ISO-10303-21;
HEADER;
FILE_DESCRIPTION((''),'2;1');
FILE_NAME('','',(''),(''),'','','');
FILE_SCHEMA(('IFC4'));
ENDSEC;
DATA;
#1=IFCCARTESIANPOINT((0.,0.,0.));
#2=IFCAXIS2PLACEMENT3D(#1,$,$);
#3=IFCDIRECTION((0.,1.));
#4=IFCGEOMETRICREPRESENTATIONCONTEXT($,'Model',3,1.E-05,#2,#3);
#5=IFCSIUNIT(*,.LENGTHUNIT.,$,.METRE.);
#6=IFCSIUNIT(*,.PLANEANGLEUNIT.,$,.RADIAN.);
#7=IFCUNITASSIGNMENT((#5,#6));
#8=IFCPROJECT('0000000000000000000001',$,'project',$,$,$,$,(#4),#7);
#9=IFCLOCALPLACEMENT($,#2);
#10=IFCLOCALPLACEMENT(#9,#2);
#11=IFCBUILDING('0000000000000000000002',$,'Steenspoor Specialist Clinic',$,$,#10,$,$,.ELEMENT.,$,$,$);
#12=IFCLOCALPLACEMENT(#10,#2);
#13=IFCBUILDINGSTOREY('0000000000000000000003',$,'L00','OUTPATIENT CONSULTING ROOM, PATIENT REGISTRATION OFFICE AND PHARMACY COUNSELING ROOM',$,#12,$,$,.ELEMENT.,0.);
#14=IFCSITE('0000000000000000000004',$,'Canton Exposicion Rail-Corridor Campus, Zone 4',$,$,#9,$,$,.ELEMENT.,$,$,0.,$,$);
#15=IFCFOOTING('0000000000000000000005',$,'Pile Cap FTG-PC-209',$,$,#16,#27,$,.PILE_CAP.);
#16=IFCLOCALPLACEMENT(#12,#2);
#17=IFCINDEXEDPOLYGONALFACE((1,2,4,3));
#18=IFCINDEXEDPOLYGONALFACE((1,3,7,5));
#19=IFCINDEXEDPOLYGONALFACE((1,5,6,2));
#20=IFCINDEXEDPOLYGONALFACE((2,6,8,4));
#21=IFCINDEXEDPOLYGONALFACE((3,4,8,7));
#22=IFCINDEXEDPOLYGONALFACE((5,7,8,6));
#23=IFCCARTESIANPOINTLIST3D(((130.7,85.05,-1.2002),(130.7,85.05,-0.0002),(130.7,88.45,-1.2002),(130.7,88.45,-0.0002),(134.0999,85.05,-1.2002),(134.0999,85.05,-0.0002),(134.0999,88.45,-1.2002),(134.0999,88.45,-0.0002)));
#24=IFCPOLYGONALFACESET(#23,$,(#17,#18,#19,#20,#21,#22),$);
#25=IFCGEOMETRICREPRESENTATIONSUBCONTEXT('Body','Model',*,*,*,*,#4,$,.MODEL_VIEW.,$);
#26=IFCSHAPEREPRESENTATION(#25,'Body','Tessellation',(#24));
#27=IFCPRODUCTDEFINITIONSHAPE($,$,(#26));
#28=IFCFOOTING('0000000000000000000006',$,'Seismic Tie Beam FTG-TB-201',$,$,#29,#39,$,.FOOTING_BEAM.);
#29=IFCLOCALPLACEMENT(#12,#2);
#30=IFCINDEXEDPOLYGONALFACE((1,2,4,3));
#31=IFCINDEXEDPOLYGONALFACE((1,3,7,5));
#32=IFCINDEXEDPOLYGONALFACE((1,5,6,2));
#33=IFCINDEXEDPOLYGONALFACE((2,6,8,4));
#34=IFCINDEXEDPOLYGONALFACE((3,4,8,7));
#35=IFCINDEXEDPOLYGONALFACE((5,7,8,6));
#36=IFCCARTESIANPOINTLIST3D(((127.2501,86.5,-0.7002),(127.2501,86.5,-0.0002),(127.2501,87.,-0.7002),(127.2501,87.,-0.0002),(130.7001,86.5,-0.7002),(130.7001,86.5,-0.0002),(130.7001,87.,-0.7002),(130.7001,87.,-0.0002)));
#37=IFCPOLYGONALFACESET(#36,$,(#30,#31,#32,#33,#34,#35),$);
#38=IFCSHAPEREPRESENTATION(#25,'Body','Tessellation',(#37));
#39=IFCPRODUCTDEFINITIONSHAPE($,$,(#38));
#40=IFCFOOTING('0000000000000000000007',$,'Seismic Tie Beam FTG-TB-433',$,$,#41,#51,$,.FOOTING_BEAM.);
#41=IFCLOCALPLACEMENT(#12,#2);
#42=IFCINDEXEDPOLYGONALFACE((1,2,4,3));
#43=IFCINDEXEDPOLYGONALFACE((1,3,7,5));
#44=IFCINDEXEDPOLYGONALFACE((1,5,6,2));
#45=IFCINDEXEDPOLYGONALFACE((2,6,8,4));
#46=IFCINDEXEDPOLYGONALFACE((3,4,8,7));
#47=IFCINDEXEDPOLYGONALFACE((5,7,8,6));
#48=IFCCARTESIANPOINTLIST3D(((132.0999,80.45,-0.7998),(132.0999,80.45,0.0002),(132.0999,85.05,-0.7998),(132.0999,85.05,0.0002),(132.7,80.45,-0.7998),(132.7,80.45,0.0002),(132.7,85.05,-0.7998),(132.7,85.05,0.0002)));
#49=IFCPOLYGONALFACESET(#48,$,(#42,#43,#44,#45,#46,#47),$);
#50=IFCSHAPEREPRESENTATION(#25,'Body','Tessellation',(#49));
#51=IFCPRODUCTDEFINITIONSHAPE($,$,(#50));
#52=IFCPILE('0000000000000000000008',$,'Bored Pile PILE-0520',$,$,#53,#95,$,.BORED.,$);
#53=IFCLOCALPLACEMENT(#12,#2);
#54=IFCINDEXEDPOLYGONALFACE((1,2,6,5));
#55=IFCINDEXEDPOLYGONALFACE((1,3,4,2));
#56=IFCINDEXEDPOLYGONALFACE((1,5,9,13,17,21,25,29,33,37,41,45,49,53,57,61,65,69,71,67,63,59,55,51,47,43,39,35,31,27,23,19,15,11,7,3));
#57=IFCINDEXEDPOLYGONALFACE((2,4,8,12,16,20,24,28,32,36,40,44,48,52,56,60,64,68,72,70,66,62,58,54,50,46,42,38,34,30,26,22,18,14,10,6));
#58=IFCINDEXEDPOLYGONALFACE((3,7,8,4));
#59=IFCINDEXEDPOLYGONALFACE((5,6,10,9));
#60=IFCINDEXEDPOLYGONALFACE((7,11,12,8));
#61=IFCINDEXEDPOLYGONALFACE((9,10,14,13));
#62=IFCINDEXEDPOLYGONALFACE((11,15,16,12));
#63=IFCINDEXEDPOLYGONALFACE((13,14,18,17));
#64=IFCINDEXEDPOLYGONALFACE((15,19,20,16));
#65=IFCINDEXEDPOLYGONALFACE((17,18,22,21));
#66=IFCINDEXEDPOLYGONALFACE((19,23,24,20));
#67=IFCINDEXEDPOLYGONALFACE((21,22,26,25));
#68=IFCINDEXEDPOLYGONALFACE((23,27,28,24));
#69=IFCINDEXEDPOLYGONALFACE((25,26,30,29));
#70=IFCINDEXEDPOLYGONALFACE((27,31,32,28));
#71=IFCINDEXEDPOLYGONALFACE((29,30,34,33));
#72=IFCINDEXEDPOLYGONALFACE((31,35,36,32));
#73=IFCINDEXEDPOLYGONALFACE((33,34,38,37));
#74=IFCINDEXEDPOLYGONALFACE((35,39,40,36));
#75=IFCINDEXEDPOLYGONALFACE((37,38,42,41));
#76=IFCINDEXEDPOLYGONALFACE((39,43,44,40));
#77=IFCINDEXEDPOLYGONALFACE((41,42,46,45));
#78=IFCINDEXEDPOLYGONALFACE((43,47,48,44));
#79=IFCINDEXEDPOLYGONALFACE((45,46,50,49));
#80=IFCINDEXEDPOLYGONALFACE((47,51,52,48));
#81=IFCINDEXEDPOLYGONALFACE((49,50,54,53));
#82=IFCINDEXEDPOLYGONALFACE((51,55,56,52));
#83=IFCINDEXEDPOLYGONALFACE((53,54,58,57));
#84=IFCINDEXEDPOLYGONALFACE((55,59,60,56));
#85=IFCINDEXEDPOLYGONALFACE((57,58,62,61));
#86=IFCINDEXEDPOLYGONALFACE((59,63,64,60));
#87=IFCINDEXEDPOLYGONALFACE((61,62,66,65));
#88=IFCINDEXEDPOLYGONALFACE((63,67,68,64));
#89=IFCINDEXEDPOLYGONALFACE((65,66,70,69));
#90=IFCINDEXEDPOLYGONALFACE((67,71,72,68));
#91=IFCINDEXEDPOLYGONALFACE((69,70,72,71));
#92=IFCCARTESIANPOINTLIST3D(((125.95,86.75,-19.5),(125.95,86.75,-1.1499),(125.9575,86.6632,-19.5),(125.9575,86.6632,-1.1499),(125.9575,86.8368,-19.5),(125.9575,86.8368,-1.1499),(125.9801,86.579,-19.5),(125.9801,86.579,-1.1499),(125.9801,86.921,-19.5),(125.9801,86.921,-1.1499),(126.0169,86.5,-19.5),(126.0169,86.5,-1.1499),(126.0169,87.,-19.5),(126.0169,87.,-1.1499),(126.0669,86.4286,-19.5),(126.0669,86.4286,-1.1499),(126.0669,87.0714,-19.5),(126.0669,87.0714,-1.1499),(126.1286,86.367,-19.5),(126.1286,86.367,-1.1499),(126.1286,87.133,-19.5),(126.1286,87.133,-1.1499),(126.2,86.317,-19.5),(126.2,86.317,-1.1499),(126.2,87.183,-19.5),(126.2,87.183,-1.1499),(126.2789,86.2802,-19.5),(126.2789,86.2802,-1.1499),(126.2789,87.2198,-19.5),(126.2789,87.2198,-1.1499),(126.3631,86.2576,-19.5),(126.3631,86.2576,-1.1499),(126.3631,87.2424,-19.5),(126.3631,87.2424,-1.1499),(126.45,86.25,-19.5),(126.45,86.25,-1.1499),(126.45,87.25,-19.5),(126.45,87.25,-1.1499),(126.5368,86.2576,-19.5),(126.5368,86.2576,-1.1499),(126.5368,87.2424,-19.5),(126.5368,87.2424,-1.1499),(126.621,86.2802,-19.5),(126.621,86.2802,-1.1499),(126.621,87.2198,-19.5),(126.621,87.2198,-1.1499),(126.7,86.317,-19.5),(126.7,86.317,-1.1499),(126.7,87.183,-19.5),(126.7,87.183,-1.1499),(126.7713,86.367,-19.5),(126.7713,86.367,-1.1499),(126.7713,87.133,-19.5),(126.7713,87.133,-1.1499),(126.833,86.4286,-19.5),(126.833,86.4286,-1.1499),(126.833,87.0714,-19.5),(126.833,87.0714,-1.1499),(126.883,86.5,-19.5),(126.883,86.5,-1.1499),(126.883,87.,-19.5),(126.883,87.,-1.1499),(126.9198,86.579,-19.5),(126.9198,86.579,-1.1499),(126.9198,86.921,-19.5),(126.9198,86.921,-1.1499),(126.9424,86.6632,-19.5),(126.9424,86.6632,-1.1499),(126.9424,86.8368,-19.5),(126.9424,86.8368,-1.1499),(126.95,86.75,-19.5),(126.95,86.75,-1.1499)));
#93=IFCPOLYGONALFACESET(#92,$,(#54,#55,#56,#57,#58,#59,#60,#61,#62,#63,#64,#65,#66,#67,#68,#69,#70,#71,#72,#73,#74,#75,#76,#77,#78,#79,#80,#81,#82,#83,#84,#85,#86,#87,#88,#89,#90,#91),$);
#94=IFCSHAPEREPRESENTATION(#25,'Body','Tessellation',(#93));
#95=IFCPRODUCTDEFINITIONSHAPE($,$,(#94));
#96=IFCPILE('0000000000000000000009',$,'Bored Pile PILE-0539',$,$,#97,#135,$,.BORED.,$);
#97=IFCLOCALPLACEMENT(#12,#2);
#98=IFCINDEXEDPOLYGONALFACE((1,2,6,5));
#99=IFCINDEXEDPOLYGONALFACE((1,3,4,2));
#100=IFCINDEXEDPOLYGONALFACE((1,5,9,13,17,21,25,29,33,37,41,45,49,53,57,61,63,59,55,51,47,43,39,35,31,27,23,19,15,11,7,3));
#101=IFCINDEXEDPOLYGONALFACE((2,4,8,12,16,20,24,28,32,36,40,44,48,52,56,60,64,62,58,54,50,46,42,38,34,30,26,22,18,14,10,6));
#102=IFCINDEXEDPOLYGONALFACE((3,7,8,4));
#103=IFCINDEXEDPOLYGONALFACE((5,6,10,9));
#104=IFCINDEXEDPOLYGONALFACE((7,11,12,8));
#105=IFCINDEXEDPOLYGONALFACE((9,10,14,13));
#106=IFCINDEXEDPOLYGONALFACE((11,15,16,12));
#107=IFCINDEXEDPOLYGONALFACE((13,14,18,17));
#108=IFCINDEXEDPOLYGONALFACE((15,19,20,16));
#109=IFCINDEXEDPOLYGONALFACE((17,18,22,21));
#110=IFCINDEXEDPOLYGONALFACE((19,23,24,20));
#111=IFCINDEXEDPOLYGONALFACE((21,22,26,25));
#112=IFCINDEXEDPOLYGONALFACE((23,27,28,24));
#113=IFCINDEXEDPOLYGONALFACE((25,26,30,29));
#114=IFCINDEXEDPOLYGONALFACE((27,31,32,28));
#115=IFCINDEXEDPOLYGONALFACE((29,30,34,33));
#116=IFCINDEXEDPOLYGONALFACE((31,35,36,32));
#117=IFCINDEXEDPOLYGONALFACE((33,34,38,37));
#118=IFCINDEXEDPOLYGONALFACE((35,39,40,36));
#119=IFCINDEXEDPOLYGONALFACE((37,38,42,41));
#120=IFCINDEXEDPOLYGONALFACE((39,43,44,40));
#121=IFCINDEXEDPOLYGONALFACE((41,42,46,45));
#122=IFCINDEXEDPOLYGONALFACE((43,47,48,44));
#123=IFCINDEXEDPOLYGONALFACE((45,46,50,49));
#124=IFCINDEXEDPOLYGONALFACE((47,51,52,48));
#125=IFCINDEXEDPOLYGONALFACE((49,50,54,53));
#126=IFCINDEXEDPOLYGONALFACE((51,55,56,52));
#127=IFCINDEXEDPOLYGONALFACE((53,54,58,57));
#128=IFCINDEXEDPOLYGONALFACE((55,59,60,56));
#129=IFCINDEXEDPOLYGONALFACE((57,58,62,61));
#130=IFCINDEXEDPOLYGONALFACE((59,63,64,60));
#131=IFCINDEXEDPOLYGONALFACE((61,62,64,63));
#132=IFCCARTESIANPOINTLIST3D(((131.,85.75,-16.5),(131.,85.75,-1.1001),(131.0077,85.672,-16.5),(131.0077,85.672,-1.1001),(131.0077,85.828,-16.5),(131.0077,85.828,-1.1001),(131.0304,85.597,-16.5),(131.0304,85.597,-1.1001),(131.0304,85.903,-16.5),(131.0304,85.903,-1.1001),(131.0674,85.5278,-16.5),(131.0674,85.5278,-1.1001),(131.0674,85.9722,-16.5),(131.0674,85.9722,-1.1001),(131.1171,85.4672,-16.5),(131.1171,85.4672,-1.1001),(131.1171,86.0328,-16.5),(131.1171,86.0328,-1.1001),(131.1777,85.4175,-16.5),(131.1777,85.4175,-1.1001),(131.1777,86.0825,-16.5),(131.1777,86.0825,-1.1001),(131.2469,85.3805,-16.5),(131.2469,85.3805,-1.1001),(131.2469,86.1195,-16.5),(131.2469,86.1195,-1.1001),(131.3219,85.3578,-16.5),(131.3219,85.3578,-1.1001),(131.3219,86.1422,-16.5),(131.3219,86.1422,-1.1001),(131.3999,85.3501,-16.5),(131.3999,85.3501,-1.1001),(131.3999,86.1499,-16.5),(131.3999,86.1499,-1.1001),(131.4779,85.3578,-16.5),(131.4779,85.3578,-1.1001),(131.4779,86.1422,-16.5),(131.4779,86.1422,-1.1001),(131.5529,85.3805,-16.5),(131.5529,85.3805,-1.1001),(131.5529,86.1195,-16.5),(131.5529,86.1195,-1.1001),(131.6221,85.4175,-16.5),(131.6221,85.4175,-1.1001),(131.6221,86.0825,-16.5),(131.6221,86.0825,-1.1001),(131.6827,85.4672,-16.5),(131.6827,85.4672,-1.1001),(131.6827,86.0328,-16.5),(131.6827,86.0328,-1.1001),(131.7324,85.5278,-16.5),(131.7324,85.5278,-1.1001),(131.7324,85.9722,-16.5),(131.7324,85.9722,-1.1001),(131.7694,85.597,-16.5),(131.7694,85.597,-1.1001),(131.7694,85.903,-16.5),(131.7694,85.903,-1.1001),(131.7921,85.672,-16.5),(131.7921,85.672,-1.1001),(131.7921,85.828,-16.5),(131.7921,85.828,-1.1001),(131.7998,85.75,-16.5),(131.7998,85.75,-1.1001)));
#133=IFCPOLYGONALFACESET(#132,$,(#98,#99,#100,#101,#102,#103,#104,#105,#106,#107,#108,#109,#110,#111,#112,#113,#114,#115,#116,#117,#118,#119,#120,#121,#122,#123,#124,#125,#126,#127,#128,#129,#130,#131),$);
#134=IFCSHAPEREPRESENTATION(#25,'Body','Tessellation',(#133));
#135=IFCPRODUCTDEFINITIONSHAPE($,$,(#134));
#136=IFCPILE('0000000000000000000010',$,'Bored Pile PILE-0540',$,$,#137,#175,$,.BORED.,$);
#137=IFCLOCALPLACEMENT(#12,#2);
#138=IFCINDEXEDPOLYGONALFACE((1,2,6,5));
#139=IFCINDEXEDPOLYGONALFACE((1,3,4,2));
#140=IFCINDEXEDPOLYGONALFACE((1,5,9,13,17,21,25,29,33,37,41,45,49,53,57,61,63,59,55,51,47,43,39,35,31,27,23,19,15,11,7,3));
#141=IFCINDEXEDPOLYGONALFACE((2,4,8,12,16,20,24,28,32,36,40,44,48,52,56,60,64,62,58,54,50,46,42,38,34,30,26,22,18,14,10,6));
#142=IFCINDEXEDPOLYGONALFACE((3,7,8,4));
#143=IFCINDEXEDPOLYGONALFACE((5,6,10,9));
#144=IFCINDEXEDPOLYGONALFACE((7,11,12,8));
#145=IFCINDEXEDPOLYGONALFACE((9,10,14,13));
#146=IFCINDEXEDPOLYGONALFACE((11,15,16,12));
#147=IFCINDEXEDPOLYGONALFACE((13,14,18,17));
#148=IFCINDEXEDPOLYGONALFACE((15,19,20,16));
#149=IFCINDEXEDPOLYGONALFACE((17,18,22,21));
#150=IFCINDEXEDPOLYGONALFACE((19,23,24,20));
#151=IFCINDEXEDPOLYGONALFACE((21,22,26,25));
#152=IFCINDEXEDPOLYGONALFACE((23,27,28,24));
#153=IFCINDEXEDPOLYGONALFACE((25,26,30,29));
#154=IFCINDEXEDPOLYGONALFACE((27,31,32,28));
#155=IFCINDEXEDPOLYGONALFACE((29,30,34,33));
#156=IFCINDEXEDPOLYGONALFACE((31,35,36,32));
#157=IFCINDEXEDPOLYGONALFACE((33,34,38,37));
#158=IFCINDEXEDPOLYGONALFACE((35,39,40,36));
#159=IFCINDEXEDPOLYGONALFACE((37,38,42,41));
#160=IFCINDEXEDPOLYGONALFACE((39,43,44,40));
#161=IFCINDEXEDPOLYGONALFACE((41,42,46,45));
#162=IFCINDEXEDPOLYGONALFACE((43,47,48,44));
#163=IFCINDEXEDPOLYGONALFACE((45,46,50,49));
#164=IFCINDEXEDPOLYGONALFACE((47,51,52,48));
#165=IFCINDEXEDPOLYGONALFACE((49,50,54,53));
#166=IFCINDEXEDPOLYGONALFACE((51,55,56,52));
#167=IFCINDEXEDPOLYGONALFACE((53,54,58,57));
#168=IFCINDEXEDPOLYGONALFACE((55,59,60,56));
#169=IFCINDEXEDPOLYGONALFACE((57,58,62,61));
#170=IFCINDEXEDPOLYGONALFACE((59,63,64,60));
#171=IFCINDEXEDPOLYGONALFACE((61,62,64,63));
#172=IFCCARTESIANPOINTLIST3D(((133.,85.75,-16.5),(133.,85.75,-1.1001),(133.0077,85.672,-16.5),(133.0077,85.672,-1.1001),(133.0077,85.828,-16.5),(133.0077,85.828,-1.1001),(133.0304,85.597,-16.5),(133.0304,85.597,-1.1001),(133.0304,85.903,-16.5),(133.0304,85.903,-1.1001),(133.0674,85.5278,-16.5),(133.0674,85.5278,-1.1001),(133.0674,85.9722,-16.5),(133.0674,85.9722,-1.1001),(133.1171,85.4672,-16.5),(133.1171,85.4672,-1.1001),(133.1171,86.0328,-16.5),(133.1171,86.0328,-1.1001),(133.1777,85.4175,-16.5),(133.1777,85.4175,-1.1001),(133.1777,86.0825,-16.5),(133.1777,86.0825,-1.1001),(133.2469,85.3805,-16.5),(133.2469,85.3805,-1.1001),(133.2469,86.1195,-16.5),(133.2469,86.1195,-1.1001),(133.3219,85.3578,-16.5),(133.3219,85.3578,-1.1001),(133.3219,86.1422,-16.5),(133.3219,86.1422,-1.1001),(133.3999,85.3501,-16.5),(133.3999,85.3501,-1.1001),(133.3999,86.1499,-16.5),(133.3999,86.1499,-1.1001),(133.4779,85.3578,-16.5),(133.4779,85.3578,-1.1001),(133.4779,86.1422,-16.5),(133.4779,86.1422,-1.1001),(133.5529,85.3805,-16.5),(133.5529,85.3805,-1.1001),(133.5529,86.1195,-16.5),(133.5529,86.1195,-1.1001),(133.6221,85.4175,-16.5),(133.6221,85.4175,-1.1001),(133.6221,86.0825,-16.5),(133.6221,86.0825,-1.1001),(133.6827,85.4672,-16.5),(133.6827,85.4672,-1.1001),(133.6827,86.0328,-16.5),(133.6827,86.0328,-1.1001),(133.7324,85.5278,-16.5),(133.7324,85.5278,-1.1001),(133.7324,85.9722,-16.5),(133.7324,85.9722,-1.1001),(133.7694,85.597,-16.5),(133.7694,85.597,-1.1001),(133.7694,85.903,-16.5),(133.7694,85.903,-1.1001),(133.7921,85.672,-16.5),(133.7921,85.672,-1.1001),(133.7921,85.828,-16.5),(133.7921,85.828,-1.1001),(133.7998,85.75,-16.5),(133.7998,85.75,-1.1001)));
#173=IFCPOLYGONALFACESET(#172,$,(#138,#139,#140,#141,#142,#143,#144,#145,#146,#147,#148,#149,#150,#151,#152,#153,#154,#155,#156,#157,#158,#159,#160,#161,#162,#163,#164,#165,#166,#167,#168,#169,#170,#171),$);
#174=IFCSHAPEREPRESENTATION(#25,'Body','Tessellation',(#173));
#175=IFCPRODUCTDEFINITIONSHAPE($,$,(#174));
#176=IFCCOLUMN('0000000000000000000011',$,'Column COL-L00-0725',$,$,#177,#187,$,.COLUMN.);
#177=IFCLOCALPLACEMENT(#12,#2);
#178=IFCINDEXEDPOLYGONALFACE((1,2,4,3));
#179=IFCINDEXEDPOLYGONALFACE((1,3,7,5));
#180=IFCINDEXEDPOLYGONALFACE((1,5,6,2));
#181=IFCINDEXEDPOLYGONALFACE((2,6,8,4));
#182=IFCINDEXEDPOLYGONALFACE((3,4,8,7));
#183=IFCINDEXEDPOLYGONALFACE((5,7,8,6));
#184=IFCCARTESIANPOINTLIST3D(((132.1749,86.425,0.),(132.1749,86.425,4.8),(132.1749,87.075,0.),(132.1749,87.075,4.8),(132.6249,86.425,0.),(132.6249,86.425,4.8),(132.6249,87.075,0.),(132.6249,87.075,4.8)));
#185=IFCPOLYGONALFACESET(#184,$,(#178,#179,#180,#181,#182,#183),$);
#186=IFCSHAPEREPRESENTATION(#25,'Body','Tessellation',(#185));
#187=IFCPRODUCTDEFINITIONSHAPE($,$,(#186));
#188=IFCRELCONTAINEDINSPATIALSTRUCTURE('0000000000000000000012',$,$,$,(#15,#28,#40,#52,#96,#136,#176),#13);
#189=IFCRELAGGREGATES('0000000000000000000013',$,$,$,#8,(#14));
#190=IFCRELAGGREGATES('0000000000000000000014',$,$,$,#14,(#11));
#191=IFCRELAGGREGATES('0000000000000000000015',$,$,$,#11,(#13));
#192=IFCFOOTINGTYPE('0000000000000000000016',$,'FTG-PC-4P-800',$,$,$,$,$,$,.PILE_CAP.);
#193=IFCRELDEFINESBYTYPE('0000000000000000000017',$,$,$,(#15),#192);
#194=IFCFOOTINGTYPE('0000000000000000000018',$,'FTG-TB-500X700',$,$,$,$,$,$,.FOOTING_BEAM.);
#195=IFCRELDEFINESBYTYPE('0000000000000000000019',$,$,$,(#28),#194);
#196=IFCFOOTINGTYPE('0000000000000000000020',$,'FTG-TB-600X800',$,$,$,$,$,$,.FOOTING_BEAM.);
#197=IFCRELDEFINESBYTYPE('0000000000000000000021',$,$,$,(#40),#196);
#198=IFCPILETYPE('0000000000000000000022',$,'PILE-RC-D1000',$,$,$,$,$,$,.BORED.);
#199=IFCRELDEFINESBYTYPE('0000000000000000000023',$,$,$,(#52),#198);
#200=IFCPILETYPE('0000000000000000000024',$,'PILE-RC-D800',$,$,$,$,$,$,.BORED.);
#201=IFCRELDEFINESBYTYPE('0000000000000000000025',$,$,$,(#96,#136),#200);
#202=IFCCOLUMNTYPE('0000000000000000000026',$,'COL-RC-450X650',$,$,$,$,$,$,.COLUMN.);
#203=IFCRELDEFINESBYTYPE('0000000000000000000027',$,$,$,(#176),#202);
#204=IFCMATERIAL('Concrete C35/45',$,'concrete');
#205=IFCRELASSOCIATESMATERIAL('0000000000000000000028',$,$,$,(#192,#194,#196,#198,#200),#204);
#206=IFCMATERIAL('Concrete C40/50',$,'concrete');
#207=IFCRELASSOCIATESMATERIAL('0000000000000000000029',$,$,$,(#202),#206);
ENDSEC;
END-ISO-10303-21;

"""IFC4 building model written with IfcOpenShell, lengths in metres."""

from ifc_helpers import new_model, si_unit, direction, frame, origin, origin_2d, place, context, subcontext, project, spatial, rectangle, circle, extrude, material, material_profile, profile_set, type_object, element, save


model = new_model("IFC4")

# Units and contexts
model_context = context("Model", 3, precision=1e-05, world=origin(), true_north=direction((0.0, 1.0)))
body_context = subcontext(model_context, "Body", "Model", "MODEL_VIEW")
ifc_project = project(units=[si_unit("LENGTHUNIT", "METRE"), si_unit("PLANEANGLEUNIT", "RADIAN")], contexts=[model_context])

# Site, building, storey
site_placement = place(None, origin())
site = spatial("IfcSite", under=ifc_project, at=site_placement, Name="Canton Exposicion Rail-Corridor Campus, Zone 4", CompositionType="ELEMENT", RefElevation=0.0)
building_placement = place(site_placement, origin())
building = spatial("IfcBuilding", under=site, at=building_placement, Name="Steenspoor Specialist Clinic", CompositionType="ELEMENT")
storey_placement = place(building_placement, origin())
storey = spatial("IfcBuildingStorey", under=building, at=storey_placement, Name="L00", Description="OUTPATIENT CONSULTING ROOM, PATIENT REGISTRATION OFFICE AND PHARMACY COUNSELING ROOM", CompositionType="ELEMENT", Elevation=0.0)

# Footings
ifc_material_1 = material(Name="Concrete C35/45", Category="concrete")
footing_type_1 = type_object("IfcFootingType", Name="FTG-PC-4P-800", PredefinedType="PILE_CAP", material=ifc_material_1)
footing_1_placement = place(storey_placement, frame((132.3999, 86.75, -1.2002), z_axis=(0.0, 0.0, 1.0), x_axis=(1.0, 0.0, 0.0)))
element("IfcFooting", 1, at=footing_1_placement, inside=storey, type_object=footing_type_1, Name="Pile Cap FTG-PC-209", PredefinedType="PILE_CAP", context=body_context, shape_type="SweptSolid", body=[
    extrude(rectangle(XDim=3.3999, YDim=3.3999, at=origin_2d()), origin(), (0.0, 0.0, 1.0), 1.2),
])
footing_type_2 = type_object("IfcFootingType", Name="FTG-TB-500X700", PredefinedType="FOOTING_BEAM", material=ifc_material_1)
footing_2_placement = place(storey_placement, frame((128.9751, 86.75, -0.7002), z_axis=(0.0, 0.0, 1.0), x_axis=(1.0, 0.0, 0.0)))
element("IfcFooting", 2, at=footing_2_placement, inside=storey, type_object=footing_type_2, Name="Seismic Tie Beam FTG-TB-201", PredefinedType="FOOTING_BEAM", context=body_context, shape_type="SweptSolid", body=[
    extrude(rectangle(XDim=3.45, YDim=0.5, at=origin_2d()), origin(), (0.0, 0.0, 1.0), 0.7),
])
footing_type_3 = type_object("IfcFootingType", Name="FTG-TB-600X800", PredefinedType="FOOTING_BEAM", material=ifc_material_1)
footing_3_placement = place(storey_placement, frame((132.3999, 82.75, -0.7998), z_axis=(0.0, 0.0, 1.0), x_axis=(1.0, 0.0, 0.0)))
element("IfcFooting", 3, at=footing_3_placement, inside=storey, type_object=footing_type_3, Name="Seismic Tie Beam FTG-TB-433", PredefinedType="FOOTING_BEAM", context=body_context, shape_type="SweptSolid", body=[
    extrude(rectangle(XDim=0.6001, YDim=4.6001, at=origin_2d()), origin(), (0.0, 0.0, 1.0), 0.8),
])

# Piles
ifc_material_profile_1 = material_profile(ifc_material_1, circle(Radius=0.5, at=origin_2d()), Name="PILE-D1000")
ifc_profile_set_1 = profile_set([ifc_material_profile_1], Name="Concrete C35/45")
pile_type_1 = type_object("IfcPileType", Name="PILE-RC-D1000", PredefinedType="BORED", material=ifc_profile_set_1)
pile_placement = place(storey_placement, frame((126.45, 86.75, -1.1499), z_axis=(0.0, 0.0, -1.0), x_axis=(1.0, 0.0, 0.0)))
element("IfcPile", 4, at=pile_placement, inside=storey, type_object=pile_type_1, Name="Bored Pile PILE-0520", PredefinedType="BORED", context=body_context, shape_type="SweptSolid", body=[
    extrude(circle(Radius=0.5, at=origin_2d()), origin(), (0.0, 0.0, 1.0), 18.3501),
])
ifc_material_profile_2 = material_profile(ifc_material_1, circle(Radius=0.3999, at=origin_2d()), Name="PILE-D800")
ifc_profile_set_2 = profile_set([ifc_material_profile_2], Name="Concrete C35/45")
pile_type_2 = type_object("IfcPileType", Name="PILE-RC-D800", PredefinedType="BORED", material=ifc_profile_set_2)
for number, where, z_axis, x_axis, name in (
    (5, (131.3999, 85.75, -1.1001), (0.0, 0.0, -1.0), (1.0, 0.0, 0.0), "Bored Pile PILE-0539"),
    (6, (133.3999, 85.75, -1.1001), (0.0, 0.0, -1.0), (1.0, 0.0, 0.0), "Bored Pile PILE-0540"),
):
    element("IfcPile", number, at=place(storey_placement, frame(where, z_axis=z_axis, x_axis=x_axis)), inside=storey, type_object=pile_type_2, Name=name, PredefinedType="BORED", context=body_context, shape_type="SweptSolid", body=[
        extrude(circle(Radius=0.3999, at=origin_2d()), origin(), (0.0, 0.0, 1.0), 15.3999),
    ])

# Column
ifc_material_2 = material(Name="Concrete C40/50", Category="concrete")
ifc_material_profile_3 = material_profile(ifc_material_2, rectangle(XDim=0.45, YDim=0.6499, at=origin_2d()), Name="RC-COL-450X650")
ifc_profile_set_3 = profile_set([ifc_material_profile_3], Name="Concrete C40/50")
column_type = type_object("IfcColumnType", Name="COL-RC-450X650", PredefinedType="COLUMN", material=ifc_profile_set_3)
column_placement = place(storey_placement, frame((132.3999, 86.75, 0.0), z_axis=(0.0, 0.0, 1.0), x_axis=(1.0, 0.0, 0.0)))
element("IfcColumn", 7, at=column_placement, inside=storey, type_object=column_type, Name="Column COL-L00-0725", PredefinedType="COLUMN", context=body_context, shape_type="SweptSolid", body=[
    extrude(rectangle(XDim=0.45, YDim=0.6499, at=origin_2d()), origin(), (0.0, 0.0, 1.0), 4.8),
])

save(model, "model.ifc")
